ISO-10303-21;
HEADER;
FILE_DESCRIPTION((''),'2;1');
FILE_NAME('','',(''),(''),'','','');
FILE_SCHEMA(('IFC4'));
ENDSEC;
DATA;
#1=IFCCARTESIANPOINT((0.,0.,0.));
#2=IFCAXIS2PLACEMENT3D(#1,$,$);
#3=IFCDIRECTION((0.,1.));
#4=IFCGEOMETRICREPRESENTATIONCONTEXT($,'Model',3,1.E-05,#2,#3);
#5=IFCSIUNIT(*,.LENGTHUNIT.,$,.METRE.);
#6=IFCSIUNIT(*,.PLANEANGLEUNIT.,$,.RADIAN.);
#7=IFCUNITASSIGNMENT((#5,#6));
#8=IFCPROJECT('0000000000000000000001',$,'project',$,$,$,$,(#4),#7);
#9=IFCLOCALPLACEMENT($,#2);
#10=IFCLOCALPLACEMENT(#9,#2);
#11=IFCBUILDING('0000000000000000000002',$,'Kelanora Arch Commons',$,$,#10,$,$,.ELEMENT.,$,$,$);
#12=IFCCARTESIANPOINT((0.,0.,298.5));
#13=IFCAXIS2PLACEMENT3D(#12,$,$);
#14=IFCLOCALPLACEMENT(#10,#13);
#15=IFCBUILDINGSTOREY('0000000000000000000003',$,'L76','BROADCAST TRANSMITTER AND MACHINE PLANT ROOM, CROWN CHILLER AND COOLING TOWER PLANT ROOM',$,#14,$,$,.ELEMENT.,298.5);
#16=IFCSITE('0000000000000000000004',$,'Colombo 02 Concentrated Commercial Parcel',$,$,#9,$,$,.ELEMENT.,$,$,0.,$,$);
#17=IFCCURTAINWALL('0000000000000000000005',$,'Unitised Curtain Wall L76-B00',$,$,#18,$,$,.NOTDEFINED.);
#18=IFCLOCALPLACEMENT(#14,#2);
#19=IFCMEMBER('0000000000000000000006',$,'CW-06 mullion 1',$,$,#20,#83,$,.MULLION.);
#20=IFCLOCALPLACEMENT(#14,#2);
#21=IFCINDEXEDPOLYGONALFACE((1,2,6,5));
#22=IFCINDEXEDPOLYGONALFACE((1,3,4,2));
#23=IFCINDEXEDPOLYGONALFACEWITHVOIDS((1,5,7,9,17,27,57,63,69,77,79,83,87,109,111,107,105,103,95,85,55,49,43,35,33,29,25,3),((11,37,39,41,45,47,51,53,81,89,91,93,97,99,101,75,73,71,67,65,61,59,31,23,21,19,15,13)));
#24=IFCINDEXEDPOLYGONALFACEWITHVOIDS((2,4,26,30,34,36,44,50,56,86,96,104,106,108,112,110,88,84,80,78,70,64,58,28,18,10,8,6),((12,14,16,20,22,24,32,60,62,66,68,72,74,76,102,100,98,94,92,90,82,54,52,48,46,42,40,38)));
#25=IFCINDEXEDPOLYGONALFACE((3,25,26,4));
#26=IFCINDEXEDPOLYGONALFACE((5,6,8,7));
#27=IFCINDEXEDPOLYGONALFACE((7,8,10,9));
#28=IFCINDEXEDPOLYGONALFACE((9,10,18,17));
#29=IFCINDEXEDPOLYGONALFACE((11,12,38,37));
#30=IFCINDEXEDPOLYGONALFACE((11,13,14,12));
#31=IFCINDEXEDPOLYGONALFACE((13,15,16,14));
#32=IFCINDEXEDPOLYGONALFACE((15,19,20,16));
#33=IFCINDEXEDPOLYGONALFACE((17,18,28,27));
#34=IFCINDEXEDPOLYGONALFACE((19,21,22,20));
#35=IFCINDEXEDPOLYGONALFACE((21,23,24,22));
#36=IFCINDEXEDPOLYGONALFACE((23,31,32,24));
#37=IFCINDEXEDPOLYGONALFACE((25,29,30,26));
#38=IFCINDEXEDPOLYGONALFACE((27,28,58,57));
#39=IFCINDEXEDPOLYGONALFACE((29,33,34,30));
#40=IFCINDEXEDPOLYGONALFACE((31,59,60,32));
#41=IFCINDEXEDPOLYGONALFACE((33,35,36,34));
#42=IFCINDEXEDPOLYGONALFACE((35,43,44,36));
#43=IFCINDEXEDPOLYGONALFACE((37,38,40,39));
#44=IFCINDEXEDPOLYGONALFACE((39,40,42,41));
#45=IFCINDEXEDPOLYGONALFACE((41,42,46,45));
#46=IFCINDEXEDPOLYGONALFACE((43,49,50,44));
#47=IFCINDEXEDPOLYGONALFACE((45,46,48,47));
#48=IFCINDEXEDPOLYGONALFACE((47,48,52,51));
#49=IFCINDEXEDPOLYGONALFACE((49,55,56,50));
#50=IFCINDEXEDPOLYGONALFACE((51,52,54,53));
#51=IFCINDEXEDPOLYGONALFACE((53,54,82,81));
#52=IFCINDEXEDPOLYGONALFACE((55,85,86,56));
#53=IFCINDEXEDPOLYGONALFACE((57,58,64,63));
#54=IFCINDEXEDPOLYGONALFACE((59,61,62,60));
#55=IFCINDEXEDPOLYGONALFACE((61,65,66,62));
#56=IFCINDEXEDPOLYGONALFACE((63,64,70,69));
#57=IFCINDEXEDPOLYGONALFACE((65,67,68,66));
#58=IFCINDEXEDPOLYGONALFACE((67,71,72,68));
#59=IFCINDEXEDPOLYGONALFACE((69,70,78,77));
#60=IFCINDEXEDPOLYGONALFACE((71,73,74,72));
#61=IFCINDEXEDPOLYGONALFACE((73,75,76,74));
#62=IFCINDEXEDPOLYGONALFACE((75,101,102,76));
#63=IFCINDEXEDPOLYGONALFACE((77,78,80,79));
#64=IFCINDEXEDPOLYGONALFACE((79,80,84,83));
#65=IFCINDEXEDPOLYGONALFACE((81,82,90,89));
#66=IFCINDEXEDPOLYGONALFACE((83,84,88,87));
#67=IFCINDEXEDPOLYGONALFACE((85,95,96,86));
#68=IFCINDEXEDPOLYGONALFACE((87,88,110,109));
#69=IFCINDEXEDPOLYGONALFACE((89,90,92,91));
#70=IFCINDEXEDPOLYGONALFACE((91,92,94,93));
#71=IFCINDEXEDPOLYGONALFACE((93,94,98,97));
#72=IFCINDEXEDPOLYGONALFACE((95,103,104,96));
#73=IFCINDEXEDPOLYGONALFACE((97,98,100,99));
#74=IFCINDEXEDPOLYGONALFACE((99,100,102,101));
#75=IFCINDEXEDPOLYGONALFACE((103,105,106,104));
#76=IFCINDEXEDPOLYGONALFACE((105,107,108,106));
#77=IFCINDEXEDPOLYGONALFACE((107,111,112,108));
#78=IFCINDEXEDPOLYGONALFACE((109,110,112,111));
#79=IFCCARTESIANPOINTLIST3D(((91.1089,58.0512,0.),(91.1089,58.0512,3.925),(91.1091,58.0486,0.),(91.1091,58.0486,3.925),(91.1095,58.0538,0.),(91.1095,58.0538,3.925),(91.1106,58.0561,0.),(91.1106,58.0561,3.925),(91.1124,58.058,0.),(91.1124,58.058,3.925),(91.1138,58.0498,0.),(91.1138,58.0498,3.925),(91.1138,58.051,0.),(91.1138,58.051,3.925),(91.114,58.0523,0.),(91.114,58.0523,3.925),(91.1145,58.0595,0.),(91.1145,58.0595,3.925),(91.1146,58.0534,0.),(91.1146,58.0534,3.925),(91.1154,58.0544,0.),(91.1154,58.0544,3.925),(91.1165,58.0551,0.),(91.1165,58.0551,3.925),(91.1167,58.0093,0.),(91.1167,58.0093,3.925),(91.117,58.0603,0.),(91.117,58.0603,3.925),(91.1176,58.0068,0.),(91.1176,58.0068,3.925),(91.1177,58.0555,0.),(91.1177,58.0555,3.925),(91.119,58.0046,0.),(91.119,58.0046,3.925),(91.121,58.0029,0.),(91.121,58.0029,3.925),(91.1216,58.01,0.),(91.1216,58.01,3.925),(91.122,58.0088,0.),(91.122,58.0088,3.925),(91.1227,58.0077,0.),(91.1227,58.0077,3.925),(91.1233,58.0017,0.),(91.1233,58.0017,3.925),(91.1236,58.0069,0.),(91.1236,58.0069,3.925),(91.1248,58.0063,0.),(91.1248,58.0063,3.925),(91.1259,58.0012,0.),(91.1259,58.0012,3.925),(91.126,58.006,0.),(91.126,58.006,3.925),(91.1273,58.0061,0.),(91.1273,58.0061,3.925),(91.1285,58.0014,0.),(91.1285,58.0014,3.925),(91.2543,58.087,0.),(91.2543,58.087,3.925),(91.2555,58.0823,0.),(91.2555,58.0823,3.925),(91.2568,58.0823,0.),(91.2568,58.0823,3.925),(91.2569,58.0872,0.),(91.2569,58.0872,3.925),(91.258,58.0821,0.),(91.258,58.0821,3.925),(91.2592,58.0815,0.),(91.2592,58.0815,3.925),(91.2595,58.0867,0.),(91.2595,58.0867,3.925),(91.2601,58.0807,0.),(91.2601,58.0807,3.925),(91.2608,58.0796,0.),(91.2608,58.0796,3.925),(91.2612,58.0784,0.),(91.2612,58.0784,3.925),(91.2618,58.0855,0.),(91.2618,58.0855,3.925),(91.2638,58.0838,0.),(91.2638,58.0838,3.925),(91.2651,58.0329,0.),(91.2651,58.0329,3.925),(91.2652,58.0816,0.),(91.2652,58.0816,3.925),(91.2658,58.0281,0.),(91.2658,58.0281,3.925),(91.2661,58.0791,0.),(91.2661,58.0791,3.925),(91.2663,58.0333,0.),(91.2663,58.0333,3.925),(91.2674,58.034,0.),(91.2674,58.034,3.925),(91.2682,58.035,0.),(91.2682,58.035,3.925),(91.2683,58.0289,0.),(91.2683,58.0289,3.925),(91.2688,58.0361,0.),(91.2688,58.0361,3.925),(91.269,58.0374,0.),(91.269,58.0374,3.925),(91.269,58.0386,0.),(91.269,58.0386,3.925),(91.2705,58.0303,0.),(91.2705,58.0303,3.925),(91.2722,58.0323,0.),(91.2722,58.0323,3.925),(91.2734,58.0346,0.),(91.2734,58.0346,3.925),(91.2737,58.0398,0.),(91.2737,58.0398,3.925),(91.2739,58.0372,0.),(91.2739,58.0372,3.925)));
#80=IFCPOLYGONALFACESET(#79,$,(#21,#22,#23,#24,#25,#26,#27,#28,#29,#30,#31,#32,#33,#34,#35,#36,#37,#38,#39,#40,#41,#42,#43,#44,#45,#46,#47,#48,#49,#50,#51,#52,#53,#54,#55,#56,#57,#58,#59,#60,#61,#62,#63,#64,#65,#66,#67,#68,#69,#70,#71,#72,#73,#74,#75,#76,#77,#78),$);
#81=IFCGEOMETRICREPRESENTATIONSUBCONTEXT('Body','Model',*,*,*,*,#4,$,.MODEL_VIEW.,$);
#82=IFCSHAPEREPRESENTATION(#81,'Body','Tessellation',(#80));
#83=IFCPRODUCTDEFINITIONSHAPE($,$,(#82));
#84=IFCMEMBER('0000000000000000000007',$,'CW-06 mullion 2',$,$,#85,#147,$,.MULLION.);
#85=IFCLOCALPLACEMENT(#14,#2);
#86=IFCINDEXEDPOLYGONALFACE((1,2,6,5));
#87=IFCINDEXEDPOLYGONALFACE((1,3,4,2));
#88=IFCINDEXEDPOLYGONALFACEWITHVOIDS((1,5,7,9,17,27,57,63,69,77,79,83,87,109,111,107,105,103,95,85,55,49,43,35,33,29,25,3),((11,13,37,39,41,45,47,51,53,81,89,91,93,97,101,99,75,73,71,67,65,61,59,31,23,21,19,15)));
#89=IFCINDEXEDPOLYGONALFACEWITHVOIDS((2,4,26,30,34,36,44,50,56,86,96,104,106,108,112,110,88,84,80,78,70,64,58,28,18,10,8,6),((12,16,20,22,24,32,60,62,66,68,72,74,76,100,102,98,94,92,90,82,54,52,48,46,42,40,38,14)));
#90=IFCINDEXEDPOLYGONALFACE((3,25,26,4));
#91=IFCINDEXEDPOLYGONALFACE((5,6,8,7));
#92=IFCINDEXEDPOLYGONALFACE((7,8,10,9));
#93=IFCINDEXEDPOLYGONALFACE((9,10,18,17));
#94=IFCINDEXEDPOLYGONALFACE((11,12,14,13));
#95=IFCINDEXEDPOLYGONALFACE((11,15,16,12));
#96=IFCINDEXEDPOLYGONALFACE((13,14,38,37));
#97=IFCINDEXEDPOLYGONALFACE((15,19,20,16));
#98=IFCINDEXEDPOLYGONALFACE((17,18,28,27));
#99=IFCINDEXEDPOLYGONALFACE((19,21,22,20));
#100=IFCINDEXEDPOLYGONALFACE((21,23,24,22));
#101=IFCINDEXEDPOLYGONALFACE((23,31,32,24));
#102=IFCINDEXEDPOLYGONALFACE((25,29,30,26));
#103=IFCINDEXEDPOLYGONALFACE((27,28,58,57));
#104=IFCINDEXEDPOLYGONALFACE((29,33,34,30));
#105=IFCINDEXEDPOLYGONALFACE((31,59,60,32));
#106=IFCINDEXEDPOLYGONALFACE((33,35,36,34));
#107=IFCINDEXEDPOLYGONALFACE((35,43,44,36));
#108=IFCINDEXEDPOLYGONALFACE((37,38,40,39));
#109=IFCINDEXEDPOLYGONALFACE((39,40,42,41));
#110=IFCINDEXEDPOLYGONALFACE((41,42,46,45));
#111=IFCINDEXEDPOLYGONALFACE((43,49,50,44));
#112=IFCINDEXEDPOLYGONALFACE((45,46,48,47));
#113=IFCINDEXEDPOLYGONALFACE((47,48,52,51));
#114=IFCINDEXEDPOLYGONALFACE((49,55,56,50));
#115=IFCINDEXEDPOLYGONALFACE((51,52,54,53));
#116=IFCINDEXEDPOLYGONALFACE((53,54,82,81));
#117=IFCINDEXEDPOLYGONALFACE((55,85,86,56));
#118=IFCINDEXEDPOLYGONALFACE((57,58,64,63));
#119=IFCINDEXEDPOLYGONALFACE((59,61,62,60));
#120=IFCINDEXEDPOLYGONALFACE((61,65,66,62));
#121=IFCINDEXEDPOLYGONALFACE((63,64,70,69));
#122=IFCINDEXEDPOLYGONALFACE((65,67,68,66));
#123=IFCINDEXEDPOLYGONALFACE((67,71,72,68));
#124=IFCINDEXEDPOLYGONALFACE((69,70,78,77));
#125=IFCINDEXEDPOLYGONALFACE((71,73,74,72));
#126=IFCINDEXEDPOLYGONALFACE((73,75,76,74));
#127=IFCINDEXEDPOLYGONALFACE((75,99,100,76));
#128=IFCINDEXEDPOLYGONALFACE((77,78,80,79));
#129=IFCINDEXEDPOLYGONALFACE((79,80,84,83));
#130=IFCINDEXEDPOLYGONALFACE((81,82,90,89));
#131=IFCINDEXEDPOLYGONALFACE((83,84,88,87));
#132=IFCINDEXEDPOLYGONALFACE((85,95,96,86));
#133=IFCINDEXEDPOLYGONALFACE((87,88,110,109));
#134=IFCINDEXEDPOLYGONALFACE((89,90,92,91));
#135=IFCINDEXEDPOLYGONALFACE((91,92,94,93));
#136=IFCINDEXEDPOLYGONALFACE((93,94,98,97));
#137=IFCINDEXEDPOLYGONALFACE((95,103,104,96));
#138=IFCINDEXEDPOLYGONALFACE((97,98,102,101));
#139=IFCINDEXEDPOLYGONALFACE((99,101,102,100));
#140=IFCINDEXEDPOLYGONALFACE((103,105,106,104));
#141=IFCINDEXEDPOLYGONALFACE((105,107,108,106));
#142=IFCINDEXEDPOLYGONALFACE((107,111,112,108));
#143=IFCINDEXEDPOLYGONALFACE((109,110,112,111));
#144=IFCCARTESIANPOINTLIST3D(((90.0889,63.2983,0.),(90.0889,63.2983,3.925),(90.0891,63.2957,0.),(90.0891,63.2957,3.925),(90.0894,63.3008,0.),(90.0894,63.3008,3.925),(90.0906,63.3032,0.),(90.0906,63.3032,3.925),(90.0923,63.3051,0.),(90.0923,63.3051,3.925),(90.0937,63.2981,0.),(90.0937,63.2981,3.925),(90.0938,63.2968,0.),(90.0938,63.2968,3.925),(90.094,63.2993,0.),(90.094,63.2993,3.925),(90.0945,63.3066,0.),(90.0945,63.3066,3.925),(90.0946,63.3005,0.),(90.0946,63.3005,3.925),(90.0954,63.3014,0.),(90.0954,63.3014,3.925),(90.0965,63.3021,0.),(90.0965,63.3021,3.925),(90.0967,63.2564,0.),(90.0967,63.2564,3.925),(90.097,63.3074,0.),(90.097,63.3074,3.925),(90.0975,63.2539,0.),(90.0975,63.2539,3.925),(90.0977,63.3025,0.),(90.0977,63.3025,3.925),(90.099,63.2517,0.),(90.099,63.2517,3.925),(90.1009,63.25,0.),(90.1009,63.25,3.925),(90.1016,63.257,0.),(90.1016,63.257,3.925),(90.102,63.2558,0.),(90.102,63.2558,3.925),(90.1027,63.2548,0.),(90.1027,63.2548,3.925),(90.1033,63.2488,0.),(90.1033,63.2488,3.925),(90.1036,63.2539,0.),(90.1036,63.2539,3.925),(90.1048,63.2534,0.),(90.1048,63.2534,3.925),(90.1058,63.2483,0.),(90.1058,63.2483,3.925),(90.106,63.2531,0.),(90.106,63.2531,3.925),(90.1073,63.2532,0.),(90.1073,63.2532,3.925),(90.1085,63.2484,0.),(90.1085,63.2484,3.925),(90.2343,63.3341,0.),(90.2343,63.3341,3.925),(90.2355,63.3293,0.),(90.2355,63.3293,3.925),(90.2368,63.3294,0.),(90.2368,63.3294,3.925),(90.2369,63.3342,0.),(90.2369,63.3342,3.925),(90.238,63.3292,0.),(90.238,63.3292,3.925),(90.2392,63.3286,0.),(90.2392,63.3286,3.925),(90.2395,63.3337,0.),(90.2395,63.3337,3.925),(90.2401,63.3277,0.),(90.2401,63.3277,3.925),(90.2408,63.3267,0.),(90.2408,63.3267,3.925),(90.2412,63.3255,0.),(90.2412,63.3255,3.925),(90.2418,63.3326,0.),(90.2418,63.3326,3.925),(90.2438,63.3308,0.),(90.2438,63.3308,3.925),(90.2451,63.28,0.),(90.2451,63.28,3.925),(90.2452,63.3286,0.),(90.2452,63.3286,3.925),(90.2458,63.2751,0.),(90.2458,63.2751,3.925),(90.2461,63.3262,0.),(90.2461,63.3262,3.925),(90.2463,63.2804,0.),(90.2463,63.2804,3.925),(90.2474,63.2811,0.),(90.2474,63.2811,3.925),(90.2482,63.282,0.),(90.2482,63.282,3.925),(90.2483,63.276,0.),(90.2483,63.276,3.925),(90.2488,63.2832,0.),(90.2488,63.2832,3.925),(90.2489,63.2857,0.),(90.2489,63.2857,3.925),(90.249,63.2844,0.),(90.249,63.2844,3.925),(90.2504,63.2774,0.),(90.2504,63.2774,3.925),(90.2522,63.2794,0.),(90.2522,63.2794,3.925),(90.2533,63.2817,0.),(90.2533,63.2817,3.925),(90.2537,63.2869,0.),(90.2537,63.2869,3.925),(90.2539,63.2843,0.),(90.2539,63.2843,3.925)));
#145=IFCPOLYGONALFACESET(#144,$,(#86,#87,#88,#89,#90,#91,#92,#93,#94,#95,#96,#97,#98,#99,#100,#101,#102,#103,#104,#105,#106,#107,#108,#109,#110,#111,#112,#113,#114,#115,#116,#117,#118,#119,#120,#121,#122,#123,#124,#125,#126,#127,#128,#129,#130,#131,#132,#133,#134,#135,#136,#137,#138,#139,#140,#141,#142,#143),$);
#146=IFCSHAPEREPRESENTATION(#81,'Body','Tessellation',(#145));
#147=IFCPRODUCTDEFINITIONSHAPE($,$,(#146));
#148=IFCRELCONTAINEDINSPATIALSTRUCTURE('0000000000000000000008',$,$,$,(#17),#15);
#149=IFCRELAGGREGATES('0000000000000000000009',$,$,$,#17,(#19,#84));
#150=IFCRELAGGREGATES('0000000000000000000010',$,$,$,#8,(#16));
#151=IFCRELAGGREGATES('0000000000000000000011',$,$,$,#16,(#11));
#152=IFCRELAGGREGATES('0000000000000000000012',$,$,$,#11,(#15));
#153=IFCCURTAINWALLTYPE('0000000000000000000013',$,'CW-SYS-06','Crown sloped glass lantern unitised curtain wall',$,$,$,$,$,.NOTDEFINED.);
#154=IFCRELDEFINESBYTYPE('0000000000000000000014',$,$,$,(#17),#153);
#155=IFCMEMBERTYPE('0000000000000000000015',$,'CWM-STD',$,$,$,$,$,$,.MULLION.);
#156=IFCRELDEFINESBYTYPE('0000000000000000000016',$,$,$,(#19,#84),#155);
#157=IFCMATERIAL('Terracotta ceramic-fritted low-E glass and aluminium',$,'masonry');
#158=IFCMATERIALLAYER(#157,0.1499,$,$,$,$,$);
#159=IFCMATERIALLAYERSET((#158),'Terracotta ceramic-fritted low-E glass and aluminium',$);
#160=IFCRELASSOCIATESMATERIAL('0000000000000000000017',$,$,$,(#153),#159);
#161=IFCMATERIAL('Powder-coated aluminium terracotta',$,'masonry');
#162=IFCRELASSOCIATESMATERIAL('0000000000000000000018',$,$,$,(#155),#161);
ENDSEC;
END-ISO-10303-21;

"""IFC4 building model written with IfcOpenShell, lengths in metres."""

from ifc_helpers import new_model, si_unit, direction, frame, origin, origin_2d, place, context, subcontext, project, spatial, hollow_rectangle, extrude, material, layer, layer_set, material_profile, profile_set, type_object, element, aggregate, save


model = new_model("IFC4")

# Units and contexts
model_context = context("Model", 3, precision=1e-05, world=origin(), true_north=direction((0.0, 1.0)))
body_context = subcontext(model_context, "Body", "Model", "MODEL_VIEW")
ifc_project = project(units=[si_unit("LENGTHUNIT", "METRE"), si_unit("PLANEANGLEUNIT", "RADIAN")], contexts=[model_context])

# Site, building, storey
site_placement = place(None, origin())
site = spatial("IfcSite", under=ifc_project, at=site_placement, Name="Colombo 02 Concentrated Commercial Parcel", CompositionType="ELEMENT", RefElevation=0.0)
building_placement = place(site_placement, origin())
building = spatial("IfcBuilding", under=site, at=building_placement, Name="Kelanora Arch Commons", CompositionType="ELEMENT")
storey_placement = place(building_placement, frame((0.0, 0.0, 298.5)))
storey = spatial("IfcBuildingStorey", under=building, at=storey_placement, Name="L76", Description="BROADCAST TRANSMITTER AND MACHINE PLANT ROOM, CROWN CHILLER AND COOLING TOWER PLANT ROOM", CompositionType="ELEMENT", Elevation=298.5)

# Curtain wall, members
ifc_material_1 = material(Name="Terracotta ceramic-fritted low-E glass and aluminium", Category="masonry")
ifc_layer_1 = layer(ifc_material_1, 0.1499)
ifc_layer_set_1 = layer_set([ifc_layer_1], Name="Terracotta ceramic-fritted low-E glass and aluminium")
curtain_wall_type = type_object("IfcCurtainWallType", Name="CW-SYS-06", Description="Crown sloped glass lantern unitised curtain wall", PredefinedType="NOTDEFINED", material=ifc_layer_set_1)
curtain_wall_1_placement = place(storey_placement, origin())
curtain_wall_1 = element("IfcCurtainWall", 1, at=curtain_wall_1_placement, inside=storey, type_object=curtain_wall_type, Name="Unitised Curtain Wall L76-B00", PredefinedType="NOTDEFINED")
ifc_material_2 = material(Name="Powder-coated aluminium terracotta", Category="masonry")
ifc_material_profile_1 = material_profile(ifc_material_2, hollow_rectangle(XDim=0.1599, YDim=0.0601, WallThickness=0.0049, InnerFilletRadius=0.0049, OuterFilletRadius=0.01, at=origin_2d()), Name="CWM160x60")
ifc_profile_set_1 = profile_set([ifc_material_profile_1], Name="Powder-coated aluminium terracotta")
member_type_1 = type_object("IfcMemberType", Name="CWM-STD", PredefinedType="MULLION", material=ifc_profile_set_1)
member_1_placement = place(storey_placement, frame((91.1914, 58.0442, 0.0), z_axis=(0.0, 0.0, 1.0), x_axis=(-0.981624, -0.190827, 0.0)))
member_1 = element("IfcMember", 2, at=member_1_placement, type_object=member_type_1, Name="CW-06 mullion 1", PredefinedType="MULLION", context=body_context, shape_type="SweptSolid", body=[
    extrude(hollow_rectangle(XDim=0.1599, YDim=0.0601, WallThickness=0.0049, InnerFilletRadius=0.0049, OuterFilletRadius=0.01, at=origin_2d()), origin(), (0.0, 0.0, 1.0), 3.925),
])
member_2_placement = place(storey_placement, frame((90.1714, 63.2913, 0.0), z_axis=(0.0, 0.0, 1.0), x_axis=(-0.981624, -0.190827, 0.0)))
member_2 = element("IfcMember", 3, at=member_2_placement, type_object=member_type_1, Name="CW-06 mullion 2", PredefinedType="MULLION", context=body_context, shape_type="SweptSolid", body=[
    extrude(hollow_rectangle(XDim=0.1599, YDim=0.0601, WallThickness=0.0049, InnerFilletRadius=0.0049, OuterFilletRadius=0.01, at=origin_2d()), origin(), (0.0, 0.0, 1.0), 3.925),
])

aggregate(curtain_wall_1, [member_1, member_2])

save(model, "model.ifc")
